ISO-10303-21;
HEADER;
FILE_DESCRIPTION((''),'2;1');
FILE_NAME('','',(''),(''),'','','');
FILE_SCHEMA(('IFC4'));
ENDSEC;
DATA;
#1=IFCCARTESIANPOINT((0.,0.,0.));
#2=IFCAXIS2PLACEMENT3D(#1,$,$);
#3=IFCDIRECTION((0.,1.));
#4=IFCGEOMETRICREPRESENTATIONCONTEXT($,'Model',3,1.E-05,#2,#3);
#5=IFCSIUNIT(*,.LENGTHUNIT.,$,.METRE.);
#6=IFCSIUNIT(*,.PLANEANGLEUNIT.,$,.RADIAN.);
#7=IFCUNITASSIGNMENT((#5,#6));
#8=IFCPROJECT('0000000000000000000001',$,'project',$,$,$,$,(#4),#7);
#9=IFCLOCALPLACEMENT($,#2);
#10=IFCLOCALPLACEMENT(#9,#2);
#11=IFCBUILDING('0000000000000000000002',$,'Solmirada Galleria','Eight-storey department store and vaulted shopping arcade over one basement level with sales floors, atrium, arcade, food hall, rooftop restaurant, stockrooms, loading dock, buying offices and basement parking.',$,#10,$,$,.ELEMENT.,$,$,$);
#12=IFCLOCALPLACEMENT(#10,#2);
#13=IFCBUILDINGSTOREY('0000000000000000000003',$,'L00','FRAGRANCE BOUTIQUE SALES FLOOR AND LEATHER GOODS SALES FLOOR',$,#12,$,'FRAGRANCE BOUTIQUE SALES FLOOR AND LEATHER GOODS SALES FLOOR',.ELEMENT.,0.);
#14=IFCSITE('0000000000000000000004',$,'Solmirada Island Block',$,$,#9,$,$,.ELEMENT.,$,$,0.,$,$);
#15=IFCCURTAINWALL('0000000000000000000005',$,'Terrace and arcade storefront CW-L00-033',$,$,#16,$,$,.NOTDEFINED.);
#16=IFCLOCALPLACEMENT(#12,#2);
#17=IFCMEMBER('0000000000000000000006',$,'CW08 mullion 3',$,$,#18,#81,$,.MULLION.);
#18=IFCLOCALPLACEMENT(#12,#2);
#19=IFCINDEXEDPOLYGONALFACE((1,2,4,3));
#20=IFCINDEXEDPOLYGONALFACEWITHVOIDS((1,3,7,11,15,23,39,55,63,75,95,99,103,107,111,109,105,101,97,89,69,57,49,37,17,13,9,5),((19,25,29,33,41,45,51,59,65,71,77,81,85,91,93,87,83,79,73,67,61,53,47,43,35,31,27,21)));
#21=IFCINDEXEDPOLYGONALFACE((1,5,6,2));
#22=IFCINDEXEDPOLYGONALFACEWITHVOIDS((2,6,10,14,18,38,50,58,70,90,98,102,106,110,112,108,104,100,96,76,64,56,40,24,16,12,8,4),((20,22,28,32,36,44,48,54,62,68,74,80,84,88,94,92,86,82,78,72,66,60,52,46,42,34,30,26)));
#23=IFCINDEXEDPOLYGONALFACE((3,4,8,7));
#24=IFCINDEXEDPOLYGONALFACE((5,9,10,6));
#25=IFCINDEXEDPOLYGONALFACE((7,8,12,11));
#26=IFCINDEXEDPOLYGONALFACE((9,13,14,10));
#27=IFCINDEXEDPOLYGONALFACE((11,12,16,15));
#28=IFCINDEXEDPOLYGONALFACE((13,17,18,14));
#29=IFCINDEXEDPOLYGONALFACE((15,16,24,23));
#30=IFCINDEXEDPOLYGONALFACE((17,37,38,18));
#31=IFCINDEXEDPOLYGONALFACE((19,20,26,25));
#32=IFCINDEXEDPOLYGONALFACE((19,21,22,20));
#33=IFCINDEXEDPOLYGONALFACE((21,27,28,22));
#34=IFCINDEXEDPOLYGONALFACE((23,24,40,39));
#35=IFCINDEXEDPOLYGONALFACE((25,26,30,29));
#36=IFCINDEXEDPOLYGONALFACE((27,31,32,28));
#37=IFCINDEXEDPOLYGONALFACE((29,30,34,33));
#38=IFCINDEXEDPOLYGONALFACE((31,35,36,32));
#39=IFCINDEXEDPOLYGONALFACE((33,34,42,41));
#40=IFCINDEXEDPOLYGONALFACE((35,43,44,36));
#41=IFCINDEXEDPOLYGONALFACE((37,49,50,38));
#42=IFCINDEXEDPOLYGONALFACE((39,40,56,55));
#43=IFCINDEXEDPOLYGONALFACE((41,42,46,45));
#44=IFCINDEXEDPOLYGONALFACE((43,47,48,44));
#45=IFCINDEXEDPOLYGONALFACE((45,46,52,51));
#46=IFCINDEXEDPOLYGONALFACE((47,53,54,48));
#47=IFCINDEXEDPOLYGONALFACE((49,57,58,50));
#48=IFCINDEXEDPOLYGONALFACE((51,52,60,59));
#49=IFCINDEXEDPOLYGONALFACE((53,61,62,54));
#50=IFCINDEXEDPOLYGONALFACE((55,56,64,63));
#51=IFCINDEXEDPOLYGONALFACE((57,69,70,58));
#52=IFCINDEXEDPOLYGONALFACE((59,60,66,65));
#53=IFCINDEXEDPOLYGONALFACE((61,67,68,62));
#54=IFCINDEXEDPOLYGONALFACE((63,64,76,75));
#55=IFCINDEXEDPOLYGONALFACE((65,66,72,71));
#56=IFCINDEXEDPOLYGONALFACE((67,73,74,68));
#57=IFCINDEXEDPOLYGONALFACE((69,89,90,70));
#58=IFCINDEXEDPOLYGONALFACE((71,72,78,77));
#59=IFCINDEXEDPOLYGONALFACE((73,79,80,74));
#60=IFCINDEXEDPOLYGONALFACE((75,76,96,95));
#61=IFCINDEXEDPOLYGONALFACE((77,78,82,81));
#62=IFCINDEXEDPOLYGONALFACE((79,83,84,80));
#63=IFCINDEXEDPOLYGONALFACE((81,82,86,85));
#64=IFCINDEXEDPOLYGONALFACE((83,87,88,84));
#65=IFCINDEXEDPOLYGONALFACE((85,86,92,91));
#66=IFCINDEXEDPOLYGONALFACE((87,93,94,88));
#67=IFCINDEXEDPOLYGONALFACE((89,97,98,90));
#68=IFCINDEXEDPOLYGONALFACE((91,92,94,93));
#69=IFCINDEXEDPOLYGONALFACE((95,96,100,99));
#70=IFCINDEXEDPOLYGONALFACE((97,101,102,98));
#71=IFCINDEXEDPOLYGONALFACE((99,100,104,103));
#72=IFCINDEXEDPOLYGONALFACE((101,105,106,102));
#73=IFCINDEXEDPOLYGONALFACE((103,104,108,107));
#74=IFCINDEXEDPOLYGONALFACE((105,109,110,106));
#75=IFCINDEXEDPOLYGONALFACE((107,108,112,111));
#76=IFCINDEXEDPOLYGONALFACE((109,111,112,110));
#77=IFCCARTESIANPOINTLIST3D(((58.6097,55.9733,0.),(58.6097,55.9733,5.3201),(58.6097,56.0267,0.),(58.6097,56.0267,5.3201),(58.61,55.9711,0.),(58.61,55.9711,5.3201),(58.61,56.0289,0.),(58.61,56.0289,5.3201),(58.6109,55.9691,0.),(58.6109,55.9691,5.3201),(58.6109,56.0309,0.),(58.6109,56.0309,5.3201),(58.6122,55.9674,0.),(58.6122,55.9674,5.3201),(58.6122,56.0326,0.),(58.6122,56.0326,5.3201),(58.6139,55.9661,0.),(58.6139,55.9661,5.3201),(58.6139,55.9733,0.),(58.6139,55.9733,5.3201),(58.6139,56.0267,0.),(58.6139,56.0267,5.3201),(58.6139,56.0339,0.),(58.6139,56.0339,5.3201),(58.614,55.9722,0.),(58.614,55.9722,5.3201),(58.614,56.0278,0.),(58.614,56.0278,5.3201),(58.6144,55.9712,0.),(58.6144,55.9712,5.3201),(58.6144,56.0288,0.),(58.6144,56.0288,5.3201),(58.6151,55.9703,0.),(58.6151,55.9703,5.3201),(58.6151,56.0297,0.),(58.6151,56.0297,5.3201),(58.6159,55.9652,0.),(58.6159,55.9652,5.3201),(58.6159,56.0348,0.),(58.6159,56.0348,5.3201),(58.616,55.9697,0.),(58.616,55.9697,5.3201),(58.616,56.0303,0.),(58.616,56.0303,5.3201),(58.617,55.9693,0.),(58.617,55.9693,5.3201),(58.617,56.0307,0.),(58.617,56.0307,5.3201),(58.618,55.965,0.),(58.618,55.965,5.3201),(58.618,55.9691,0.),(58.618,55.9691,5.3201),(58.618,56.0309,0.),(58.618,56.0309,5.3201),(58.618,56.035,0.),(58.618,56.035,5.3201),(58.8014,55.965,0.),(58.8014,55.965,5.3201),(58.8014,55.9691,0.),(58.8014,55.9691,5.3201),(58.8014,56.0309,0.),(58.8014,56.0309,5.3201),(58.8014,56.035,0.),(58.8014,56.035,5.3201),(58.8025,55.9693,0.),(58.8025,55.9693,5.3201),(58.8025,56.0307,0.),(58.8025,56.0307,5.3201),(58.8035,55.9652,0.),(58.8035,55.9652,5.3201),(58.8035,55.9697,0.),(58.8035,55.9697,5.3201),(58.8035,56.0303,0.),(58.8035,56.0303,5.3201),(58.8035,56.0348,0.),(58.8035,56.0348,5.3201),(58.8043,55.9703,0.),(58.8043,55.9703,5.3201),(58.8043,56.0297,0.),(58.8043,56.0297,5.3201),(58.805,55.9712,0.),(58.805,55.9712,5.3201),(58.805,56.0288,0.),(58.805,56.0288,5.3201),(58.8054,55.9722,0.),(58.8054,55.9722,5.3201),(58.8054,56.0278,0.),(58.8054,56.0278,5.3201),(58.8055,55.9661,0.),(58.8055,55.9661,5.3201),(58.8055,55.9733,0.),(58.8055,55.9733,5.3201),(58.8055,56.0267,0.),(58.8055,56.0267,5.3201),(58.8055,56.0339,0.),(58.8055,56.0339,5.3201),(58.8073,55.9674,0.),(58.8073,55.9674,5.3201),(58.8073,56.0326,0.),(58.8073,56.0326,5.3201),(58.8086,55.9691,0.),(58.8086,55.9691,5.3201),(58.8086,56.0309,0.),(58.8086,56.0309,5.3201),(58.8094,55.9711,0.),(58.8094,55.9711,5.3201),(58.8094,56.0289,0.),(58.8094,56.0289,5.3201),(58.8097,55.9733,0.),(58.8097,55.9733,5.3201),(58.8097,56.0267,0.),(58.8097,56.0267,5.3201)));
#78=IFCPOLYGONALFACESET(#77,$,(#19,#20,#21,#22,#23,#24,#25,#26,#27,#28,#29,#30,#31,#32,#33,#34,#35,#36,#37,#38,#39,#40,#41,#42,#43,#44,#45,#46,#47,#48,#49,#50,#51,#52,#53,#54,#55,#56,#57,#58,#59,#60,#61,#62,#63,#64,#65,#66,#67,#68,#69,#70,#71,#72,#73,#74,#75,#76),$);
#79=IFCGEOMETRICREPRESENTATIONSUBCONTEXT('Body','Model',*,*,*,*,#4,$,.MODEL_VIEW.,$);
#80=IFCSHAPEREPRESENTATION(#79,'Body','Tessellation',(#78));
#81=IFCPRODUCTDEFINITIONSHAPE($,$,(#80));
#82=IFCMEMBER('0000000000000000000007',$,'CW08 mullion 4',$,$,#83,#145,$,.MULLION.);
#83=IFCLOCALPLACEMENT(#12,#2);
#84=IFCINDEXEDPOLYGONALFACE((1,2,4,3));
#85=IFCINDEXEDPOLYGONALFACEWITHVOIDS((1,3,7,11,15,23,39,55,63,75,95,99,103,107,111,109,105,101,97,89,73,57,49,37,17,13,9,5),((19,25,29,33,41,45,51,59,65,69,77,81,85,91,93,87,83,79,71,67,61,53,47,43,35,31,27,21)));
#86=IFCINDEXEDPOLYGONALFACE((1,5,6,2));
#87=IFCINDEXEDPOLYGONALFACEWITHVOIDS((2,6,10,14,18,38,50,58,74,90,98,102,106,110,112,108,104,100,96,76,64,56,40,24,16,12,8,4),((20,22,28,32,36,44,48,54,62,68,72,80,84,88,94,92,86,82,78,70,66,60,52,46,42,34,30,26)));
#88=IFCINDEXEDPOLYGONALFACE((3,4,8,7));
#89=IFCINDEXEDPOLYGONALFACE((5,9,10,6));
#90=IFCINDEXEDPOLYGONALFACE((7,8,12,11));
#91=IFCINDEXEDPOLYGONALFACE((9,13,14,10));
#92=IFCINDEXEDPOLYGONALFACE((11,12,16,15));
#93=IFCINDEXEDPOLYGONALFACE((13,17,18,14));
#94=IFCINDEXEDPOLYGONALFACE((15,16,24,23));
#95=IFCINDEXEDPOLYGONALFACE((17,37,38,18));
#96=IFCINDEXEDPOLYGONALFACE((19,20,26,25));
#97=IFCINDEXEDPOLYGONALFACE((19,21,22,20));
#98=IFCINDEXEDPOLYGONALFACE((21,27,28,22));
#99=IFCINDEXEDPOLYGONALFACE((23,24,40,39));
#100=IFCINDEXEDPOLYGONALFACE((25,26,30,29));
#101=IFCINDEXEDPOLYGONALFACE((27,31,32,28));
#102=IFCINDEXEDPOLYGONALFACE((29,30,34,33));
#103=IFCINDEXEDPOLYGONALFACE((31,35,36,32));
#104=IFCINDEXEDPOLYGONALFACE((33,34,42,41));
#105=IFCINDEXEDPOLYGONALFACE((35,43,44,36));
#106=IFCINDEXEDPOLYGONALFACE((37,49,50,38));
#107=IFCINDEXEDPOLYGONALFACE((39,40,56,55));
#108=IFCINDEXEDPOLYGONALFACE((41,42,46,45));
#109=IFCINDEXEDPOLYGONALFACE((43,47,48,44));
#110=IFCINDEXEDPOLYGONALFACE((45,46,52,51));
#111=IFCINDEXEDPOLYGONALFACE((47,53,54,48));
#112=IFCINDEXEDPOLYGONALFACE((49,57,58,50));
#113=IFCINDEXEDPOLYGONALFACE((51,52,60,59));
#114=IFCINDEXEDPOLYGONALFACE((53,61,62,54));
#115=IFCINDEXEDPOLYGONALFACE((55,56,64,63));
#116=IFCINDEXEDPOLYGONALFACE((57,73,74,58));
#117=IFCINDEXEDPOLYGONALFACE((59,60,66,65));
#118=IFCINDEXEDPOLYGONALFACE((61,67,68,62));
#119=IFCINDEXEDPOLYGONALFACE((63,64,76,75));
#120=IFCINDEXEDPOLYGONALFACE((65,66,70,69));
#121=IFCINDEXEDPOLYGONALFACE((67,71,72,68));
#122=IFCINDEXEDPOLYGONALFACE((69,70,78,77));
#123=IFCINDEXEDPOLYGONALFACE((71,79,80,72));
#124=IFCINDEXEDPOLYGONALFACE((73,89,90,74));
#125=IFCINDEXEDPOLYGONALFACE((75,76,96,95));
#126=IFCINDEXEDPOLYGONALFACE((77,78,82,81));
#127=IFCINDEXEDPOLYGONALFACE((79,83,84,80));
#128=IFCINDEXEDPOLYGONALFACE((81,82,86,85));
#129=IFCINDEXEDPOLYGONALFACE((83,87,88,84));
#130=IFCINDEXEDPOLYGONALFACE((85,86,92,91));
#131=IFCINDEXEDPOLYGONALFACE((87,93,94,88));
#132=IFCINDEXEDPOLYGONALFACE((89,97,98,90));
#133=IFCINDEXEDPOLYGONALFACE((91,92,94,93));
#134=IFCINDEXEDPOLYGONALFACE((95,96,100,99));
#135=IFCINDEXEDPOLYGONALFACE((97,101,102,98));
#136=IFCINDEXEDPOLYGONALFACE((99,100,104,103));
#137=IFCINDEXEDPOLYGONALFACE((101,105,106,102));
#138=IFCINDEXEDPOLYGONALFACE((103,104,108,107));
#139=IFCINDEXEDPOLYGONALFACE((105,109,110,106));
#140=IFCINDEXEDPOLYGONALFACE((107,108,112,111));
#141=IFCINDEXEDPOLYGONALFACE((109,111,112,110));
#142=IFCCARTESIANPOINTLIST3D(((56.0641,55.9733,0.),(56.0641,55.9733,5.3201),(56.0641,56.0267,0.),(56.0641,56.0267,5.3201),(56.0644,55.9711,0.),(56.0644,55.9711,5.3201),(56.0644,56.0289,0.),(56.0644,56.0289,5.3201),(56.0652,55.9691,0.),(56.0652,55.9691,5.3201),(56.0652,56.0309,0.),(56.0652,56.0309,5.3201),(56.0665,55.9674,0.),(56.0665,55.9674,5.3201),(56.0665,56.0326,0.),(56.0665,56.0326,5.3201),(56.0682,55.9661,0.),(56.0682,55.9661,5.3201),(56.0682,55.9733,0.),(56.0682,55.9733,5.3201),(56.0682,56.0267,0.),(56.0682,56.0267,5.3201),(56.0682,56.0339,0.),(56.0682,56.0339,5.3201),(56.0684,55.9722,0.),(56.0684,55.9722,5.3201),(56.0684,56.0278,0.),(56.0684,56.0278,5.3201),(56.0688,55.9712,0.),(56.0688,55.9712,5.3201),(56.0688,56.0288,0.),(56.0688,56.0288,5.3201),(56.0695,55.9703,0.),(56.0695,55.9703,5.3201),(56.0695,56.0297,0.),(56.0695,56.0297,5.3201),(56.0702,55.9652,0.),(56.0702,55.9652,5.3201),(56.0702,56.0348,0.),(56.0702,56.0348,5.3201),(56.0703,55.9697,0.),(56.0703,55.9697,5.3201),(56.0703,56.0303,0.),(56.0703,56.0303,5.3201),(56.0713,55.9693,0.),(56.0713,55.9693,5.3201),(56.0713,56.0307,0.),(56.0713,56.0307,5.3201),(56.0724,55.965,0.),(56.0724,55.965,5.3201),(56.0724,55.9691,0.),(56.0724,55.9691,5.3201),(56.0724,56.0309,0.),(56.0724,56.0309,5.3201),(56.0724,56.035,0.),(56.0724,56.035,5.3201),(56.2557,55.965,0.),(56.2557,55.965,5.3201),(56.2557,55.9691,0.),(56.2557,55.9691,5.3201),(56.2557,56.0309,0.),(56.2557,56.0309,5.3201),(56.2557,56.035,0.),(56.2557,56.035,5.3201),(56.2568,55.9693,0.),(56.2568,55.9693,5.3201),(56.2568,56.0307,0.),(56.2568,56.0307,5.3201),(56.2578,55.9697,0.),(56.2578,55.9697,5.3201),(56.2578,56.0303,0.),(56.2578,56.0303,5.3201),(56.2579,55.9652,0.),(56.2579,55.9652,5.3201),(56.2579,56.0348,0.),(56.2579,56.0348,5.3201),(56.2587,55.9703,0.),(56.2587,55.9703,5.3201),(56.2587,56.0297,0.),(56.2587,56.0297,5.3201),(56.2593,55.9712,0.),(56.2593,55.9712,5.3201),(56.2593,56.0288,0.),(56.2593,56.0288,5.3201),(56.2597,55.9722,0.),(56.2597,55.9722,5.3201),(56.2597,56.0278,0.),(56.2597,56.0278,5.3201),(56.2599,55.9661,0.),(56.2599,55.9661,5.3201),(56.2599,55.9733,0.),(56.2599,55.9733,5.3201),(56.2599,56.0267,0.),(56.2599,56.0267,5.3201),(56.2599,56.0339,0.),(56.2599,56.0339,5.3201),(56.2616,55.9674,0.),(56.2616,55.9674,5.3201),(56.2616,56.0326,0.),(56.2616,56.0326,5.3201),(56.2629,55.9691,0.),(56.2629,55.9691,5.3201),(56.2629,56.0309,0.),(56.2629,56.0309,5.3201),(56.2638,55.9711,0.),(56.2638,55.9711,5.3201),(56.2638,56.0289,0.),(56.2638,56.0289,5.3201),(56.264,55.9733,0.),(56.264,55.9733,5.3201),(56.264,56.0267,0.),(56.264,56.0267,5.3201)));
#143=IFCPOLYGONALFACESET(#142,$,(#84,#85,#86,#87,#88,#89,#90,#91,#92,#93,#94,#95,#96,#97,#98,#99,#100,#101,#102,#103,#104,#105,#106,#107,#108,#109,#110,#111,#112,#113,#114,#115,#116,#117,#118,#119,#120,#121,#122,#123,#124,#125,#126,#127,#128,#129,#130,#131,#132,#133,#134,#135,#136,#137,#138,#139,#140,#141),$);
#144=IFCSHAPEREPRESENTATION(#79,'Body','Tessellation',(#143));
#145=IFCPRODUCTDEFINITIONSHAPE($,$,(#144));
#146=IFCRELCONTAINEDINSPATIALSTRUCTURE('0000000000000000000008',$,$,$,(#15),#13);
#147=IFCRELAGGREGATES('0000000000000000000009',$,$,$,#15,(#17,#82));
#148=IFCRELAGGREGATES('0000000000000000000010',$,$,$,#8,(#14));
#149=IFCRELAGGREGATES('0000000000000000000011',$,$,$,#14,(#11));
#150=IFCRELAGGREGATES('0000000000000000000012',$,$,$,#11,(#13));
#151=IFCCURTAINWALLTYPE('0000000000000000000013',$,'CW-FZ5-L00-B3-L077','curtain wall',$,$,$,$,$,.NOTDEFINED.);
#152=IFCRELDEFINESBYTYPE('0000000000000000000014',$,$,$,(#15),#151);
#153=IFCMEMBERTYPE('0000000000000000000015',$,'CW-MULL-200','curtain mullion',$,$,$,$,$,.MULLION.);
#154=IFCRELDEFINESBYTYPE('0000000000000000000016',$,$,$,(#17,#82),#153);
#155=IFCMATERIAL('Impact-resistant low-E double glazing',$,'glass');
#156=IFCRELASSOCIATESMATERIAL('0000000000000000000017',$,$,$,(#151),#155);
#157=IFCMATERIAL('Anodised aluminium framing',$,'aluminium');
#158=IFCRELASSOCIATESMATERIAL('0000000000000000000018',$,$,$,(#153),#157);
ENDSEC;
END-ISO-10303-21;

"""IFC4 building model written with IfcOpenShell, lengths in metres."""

from ifc_helpers import new_model, si_unit, direction, frame, origin, origin_2d, place, context, subcontext, project, spatial, hollow_rectangle, extrude, material, material_profile, profile_set, type_object, element, aggregate, save


model = new_model("IFC4")

# Units and contexts
model_context = context("Model", 3, precision=1e-05, world=origin(), true_north=direction((0.0, 1.0)))
body_context = subcontext(model_context, "Body", "Model", "MODEL_VIEW")
ifc_project = project(units=[si_unit("LENGTHUNIT", "METRE"), si_unit("PLANEANGLEUNIT", "RADIAN")], contexts=[model_context])

# Site, building, storey
site_placement = place(None, origin())
site = spatial("IfcSite", under=ifc_project, at=site_placement, Name="Solmirada Island Block", CompositionType="ELEMENT", RefElevation=0.0)
building_placement = place(site_placement, origin())
building = spatial("IfcBuilding", under=site, at=building_placement, Name="Solmirada Galleria", Description="Eight-storey department store and vaulted shopping arcade over one basement level with sales floors, atrium, arcade, food hall, rooftop restaurant, stockrooms, loading dock, buying offices and basement parking.", CompositionType="ELEMENT")
storey_placement = place(building_placement, origin())
storey = spatial("IfcBuildingStorey", under=building, at=storey_placement, Name="L00", Description="FRAGRANCE BOUTIQUE SALES FLOOR AND LEATHER GOODS SALES FLOOR", LongName="FRAGRANCE BOUTIQUE SALES FLOOR AND LEATHER GOODS SALES FLOOR", CompositionType="ELEMENT", Elevation=0.0)

# Curtain wall, members
ifc_material_1 = material(Name="Impact-resistant low-E double glazing", Category="glass")
curtain_wall_type = type_object("IfcCurtainWallType", Name="CW-FZ5-L00-B3-L077", Description="curtain wall", PredefinedType="NOTDEFINED", material=ifc_material_1)
curtain_wall_1_placement = place(storey_placement, origin())
curtain_wall_1 = element("IfcCurtainWall", 1, at=curtain_wall_1_placement, inside=storey, type_object=curtain_wall_type, Name="Terrace and arcade storefront CW-L00-033", PredefinedType="NOTDEFINED")
ifc_material_2 = material(Name="Anodised aluminium framing", Category="aluminium")
ifc_material_profile_1 = material_profile(ifc_material_2, hollow_rectangle(XDim=0.0701, YDim=0.2, WallThickness=0.0042, InnerFilletRadius=0.0042, OuterFilletRadius=0.0083, at=origin_2d()), Name="ALU-MULL-200X70")
ifc_profile_set_1 = profile_set([ifc_material_profile_1], Name="Anodised aluminium framing")
member_type_1 = type_object("IfcMemberType", Name="CW-MULL-200", Description="curtain mullion", PredefinedType="MULLION", material=ifc_profile_set_1)
member_1_placement = place(storey_placement, frame((58.7097, 56.0, 0.0), z_axis=(0.0, 0.0, 1.0), x_axis=(0.0, -1.0, 0.0)))
member_1 = element("IfcMember", 2, at=member_1_placement, type_object=member_type_1, Name="CW08 mullion 3", PredefinedType="MULLION", context=body_context, shape_type="SweptSolid", body=[
    extrude(hollow_rectangle(XDim=0.0701, YDim=0.2, WallThickness=0.0042, InnerFilletRadius=0.0042, OuterFilletRadius=0.0083, at=origin_2d()), origin(), (0.0, 0.0, 1.0), 5.3201),
])
member_2_placement = place(storey_placement, frame((56.1641, 56.0, 0.0), z_axis=(0.0, 0.0, 1.0), x_axis=(0.0, -1.0, 0.0)))
member_2 = element("IfcMember", 3, at=member_2_placement, type_object=member_type_1, Name="CW08 mullion 4", PredefinedType="MULLION", context=body_context, shape_type="SweptSolid", body=[
    extrude(hollow_rectangle(XDim=0.0701, YDim=0.2, WallThickness=0.0042, InnerFilletRadius=0.0042, OuterFilletRadius=0.0083, at=origin_2d()), origin(), (0.0, 0.0, 1.0), 5.3201),
])

aggregate(curtain_wall_1, [member_1, member_2])

save(model, "model.ifc")
